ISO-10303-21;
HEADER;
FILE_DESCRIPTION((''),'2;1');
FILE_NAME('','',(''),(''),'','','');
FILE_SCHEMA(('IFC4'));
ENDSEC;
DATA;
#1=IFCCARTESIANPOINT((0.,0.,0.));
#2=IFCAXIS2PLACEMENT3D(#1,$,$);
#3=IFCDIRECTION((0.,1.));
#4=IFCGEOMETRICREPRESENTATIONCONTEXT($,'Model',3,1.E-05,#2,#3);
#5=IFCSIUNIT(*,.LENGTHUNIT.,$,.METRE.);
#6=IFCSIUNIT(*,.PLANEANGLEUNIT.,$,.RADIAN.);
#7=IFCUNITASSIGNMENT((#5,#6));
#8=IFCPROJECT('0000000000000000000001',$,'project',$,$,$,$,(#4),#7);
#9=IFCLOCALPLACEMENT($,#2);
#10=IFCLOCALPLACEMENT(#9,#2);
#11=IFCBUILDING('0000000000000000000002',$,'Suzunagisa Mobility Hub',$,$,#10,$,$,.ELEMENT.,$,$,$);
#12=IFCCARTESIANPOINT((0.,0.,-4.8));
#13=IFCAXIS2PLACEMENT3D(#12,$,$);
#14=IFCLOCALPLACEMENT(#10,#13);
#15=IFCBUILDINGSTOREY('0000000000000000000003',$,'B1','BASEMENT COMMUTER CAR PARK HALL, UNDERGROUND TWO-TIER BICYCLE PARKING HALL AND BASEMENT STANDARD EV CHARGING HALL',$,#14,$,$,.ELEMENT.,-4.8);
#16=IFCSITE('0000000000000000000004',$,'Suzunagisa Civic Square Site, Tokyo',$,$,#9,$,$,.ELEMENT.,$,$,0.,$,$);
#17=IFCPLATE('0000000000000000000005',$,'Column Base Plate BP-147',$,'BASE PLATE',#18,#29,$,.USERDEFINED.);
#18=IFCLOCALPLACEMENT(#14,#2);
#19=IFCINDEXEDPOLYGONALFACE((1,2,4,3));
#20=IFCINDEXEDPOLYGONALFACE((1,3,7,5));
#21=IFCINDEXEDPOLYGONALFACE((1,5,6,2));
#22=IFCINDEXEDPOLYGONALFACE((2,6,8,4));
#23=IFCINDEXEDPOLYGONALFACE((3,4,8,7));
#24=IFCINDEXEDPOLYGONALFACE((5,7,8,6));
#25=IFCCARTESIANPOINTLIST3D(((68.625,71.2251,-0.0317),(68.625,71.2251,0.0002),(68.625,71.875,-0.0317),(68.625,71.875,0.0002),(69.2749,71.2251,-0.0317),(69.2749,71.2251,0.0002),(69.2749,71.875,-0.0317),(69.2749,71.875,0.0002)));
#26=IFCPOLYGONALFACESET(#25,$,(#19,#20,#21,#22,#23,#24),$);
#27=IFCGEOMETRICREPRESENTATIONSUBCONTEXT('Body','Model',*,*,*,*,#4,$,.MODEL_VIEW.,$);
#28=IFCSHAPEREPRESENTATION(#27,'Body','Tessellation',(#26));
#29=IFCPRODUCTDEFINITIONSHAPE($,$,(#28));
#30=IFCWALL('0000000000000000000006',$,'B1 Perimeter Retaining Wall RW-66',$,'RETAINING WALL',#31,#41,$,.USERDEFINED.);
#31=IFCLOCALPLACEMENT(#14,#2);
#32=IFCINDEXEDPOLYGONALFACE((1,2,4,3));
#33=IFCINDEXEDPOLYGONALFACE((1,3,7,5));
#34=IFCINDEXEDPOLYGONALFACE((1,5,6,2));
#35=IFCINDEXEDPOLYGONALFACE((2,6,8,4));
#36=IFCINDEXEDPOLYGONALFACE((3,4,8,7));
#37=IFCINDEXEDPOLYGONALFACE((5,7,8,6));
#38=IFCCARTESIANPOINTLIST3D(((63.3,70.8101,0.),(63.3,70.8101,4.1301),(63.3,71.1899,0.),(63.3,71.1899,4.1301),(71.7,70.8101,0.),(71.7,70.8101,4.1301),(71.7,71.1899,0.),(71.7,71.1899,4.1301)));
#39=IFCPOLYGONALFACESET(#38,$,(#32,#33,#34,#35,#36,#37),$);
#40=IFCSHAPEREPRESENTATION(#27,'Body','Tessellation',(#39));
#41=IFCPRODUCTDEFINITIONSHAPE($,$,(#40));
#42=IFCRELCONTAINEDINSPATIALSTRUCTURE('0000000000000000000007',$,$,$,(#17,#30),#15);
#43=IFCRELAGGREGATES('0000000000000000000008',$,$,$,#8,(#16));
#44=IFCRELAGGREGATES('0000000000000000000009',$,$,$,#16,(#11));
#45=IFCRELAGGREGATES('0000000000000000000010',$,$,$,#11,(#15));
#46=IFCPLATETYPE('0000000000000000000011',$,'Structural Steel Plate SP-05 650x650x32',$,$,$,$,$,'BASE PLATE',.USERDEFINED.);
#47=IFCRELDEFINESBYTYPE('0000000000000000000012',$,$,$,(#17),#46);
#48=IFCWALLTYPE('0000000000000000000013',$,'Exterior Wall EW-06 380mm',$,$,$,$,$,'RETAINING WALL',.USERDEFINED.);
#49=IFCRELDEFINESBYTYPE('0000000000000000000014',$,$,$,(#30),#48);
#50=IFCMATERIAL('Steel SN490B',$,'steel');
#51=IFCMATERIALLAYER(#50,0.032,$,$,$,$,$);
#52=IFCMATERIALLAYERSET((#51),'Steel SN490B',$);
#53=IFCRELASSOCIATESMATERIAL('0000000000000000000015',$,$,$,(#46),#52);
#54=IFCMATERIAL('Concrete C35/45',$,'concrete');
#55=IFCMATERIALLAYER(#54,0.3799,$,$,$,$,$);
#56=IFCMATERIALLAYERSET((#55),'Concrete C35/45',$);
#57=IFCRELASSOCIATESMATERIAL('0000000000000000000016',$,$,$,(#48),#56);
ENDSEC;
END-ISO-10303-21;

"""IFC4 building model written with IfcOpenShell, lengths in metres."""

from ifc_helpers import new_model, si_unit, direction, frame, frame_2d, origin, origin_2d, place, context, subcontext, project, spatial, rectangle, extrude, material, layer, layer_set, type_object, element, save


model = new_model("IFC4")

# Units and contexts
model_context = context("Model", 3, precision=1e-05, world=origin(), true_north=direction((0.0, 1.0)))
body_context = subcontext(model_context, "Body", "Model", "MODEL_VIEW")
ifc_project = project(units=[si_unit("LENGTHUNIT", "METRE"), si_unit("PLANEANGLEUNIT", "RADIAN")], contexts=[model_context])

# Site, building, storey
site_placement = place(None, origin())
site = spatial("IfcSite", under=ifc_project, at=site_placement, Name="Suzunagisa Civic Square Site, Tokyo", CompositionType="ELEMENT", RefElevation=0.0)
building_placement = place(site_placement, origin())
building = spatial("IfcBuilding", under=site, at=building_placement, Name="Suzunagisa Mobility Hub", CompositionType="ELEMENT")
storey_placement = place(building_placement, frame((0.0, 0.0, -4.8)))
storey = spatial("IfcBuildingStorey", under=building, at=storey_placement, Name="B1", Description="BASEMENT COMMUTER CAR PARK HALL, UNDERGROUND TWO-TIER BICYCLE PARKING HALL AND BASEMENT STANDARD EV CHARGING HALL", CompositionType="ELEMENT", Elevation=-4.8)

# Shared definitions
ifc_material_1 = material(Name="Concrete C35/45", Category="concrete")

# Shared definitions
ifc_material_2 = material(Name="Steel SN490B", Category="steel")

# Plate
ifc_layer_1 = layer(ifc_material_2, 0.032)
ifc_layer_set_1 = layer_set([ifc_layer_1], Name="Steel SN490B")
plate_type_1 = type_object("IfcPlateType", Name="Structural Steel Plate SP-05 650x650x32", ElementType="BASE PLATE", PredefinedType="USERDEFINED", material=ifc_layer_set_1)
for number, where, z_axis, x_axis, name in (
    (1, (68.95, 71.55, -0.0317), (0.0, 0.0, 1.0), (1.0, 0.0, 0.0), "Column Base Plate BP-147"),
):
    element("IfcPlate", number, at=place(storey_placement, frame(where, z_axis=z_axis, x_axis=x_axis)), inside=storey, type_object=plate_type_1, Name=name, ObjectType="BASE PLATE", PredefinedType="USERDEFINED", context=body_context, shape_type="SweptSolid", body=[
        extrude(rectangle(XDim=0.6499, YDim=0.6499, at=origin_2d()), origin(), (0.0, 0.0, 1.0), 0.032),
    ])

# Wall
ifc_layer_2 = layer(ifc_material_1, 0.3799)
ifc_layer_set_2 = layer_set([ifc_layer_2], Name="Concrete C35/45")
wall_type = type_object("IfcWallType", Name="Exterior Wall EW-06 380mm", ElementType="RETAINING WALL", PredefinedType="USERDEFINED", material=ifc_layer_set_2)
wall_placement = place(storey_placement, frame((71.7, 71.0, 0.0), z_axis=(0.0, 0.0, 1.0), x_axis=(-1.0, 0.0, 0.0)))
element("IfcWall", 2, at=wall_placement, inside=storey, type_object=wall_type, Name="B1 Perimeter Retaining Wall RW-66", ObjectType="RETAINING WALL", PredefinedType="USERDEFINED", context=body_context, shape_type="SweptSolid", body=[
    extrude(rectangle(XDim=8.3999, YDim=0.3799, at=frame_2d((4.2, 0.0))), origin(), (0.0, 0.0, 1.0), 4.1301),
])

save(model, "model.ifc")
